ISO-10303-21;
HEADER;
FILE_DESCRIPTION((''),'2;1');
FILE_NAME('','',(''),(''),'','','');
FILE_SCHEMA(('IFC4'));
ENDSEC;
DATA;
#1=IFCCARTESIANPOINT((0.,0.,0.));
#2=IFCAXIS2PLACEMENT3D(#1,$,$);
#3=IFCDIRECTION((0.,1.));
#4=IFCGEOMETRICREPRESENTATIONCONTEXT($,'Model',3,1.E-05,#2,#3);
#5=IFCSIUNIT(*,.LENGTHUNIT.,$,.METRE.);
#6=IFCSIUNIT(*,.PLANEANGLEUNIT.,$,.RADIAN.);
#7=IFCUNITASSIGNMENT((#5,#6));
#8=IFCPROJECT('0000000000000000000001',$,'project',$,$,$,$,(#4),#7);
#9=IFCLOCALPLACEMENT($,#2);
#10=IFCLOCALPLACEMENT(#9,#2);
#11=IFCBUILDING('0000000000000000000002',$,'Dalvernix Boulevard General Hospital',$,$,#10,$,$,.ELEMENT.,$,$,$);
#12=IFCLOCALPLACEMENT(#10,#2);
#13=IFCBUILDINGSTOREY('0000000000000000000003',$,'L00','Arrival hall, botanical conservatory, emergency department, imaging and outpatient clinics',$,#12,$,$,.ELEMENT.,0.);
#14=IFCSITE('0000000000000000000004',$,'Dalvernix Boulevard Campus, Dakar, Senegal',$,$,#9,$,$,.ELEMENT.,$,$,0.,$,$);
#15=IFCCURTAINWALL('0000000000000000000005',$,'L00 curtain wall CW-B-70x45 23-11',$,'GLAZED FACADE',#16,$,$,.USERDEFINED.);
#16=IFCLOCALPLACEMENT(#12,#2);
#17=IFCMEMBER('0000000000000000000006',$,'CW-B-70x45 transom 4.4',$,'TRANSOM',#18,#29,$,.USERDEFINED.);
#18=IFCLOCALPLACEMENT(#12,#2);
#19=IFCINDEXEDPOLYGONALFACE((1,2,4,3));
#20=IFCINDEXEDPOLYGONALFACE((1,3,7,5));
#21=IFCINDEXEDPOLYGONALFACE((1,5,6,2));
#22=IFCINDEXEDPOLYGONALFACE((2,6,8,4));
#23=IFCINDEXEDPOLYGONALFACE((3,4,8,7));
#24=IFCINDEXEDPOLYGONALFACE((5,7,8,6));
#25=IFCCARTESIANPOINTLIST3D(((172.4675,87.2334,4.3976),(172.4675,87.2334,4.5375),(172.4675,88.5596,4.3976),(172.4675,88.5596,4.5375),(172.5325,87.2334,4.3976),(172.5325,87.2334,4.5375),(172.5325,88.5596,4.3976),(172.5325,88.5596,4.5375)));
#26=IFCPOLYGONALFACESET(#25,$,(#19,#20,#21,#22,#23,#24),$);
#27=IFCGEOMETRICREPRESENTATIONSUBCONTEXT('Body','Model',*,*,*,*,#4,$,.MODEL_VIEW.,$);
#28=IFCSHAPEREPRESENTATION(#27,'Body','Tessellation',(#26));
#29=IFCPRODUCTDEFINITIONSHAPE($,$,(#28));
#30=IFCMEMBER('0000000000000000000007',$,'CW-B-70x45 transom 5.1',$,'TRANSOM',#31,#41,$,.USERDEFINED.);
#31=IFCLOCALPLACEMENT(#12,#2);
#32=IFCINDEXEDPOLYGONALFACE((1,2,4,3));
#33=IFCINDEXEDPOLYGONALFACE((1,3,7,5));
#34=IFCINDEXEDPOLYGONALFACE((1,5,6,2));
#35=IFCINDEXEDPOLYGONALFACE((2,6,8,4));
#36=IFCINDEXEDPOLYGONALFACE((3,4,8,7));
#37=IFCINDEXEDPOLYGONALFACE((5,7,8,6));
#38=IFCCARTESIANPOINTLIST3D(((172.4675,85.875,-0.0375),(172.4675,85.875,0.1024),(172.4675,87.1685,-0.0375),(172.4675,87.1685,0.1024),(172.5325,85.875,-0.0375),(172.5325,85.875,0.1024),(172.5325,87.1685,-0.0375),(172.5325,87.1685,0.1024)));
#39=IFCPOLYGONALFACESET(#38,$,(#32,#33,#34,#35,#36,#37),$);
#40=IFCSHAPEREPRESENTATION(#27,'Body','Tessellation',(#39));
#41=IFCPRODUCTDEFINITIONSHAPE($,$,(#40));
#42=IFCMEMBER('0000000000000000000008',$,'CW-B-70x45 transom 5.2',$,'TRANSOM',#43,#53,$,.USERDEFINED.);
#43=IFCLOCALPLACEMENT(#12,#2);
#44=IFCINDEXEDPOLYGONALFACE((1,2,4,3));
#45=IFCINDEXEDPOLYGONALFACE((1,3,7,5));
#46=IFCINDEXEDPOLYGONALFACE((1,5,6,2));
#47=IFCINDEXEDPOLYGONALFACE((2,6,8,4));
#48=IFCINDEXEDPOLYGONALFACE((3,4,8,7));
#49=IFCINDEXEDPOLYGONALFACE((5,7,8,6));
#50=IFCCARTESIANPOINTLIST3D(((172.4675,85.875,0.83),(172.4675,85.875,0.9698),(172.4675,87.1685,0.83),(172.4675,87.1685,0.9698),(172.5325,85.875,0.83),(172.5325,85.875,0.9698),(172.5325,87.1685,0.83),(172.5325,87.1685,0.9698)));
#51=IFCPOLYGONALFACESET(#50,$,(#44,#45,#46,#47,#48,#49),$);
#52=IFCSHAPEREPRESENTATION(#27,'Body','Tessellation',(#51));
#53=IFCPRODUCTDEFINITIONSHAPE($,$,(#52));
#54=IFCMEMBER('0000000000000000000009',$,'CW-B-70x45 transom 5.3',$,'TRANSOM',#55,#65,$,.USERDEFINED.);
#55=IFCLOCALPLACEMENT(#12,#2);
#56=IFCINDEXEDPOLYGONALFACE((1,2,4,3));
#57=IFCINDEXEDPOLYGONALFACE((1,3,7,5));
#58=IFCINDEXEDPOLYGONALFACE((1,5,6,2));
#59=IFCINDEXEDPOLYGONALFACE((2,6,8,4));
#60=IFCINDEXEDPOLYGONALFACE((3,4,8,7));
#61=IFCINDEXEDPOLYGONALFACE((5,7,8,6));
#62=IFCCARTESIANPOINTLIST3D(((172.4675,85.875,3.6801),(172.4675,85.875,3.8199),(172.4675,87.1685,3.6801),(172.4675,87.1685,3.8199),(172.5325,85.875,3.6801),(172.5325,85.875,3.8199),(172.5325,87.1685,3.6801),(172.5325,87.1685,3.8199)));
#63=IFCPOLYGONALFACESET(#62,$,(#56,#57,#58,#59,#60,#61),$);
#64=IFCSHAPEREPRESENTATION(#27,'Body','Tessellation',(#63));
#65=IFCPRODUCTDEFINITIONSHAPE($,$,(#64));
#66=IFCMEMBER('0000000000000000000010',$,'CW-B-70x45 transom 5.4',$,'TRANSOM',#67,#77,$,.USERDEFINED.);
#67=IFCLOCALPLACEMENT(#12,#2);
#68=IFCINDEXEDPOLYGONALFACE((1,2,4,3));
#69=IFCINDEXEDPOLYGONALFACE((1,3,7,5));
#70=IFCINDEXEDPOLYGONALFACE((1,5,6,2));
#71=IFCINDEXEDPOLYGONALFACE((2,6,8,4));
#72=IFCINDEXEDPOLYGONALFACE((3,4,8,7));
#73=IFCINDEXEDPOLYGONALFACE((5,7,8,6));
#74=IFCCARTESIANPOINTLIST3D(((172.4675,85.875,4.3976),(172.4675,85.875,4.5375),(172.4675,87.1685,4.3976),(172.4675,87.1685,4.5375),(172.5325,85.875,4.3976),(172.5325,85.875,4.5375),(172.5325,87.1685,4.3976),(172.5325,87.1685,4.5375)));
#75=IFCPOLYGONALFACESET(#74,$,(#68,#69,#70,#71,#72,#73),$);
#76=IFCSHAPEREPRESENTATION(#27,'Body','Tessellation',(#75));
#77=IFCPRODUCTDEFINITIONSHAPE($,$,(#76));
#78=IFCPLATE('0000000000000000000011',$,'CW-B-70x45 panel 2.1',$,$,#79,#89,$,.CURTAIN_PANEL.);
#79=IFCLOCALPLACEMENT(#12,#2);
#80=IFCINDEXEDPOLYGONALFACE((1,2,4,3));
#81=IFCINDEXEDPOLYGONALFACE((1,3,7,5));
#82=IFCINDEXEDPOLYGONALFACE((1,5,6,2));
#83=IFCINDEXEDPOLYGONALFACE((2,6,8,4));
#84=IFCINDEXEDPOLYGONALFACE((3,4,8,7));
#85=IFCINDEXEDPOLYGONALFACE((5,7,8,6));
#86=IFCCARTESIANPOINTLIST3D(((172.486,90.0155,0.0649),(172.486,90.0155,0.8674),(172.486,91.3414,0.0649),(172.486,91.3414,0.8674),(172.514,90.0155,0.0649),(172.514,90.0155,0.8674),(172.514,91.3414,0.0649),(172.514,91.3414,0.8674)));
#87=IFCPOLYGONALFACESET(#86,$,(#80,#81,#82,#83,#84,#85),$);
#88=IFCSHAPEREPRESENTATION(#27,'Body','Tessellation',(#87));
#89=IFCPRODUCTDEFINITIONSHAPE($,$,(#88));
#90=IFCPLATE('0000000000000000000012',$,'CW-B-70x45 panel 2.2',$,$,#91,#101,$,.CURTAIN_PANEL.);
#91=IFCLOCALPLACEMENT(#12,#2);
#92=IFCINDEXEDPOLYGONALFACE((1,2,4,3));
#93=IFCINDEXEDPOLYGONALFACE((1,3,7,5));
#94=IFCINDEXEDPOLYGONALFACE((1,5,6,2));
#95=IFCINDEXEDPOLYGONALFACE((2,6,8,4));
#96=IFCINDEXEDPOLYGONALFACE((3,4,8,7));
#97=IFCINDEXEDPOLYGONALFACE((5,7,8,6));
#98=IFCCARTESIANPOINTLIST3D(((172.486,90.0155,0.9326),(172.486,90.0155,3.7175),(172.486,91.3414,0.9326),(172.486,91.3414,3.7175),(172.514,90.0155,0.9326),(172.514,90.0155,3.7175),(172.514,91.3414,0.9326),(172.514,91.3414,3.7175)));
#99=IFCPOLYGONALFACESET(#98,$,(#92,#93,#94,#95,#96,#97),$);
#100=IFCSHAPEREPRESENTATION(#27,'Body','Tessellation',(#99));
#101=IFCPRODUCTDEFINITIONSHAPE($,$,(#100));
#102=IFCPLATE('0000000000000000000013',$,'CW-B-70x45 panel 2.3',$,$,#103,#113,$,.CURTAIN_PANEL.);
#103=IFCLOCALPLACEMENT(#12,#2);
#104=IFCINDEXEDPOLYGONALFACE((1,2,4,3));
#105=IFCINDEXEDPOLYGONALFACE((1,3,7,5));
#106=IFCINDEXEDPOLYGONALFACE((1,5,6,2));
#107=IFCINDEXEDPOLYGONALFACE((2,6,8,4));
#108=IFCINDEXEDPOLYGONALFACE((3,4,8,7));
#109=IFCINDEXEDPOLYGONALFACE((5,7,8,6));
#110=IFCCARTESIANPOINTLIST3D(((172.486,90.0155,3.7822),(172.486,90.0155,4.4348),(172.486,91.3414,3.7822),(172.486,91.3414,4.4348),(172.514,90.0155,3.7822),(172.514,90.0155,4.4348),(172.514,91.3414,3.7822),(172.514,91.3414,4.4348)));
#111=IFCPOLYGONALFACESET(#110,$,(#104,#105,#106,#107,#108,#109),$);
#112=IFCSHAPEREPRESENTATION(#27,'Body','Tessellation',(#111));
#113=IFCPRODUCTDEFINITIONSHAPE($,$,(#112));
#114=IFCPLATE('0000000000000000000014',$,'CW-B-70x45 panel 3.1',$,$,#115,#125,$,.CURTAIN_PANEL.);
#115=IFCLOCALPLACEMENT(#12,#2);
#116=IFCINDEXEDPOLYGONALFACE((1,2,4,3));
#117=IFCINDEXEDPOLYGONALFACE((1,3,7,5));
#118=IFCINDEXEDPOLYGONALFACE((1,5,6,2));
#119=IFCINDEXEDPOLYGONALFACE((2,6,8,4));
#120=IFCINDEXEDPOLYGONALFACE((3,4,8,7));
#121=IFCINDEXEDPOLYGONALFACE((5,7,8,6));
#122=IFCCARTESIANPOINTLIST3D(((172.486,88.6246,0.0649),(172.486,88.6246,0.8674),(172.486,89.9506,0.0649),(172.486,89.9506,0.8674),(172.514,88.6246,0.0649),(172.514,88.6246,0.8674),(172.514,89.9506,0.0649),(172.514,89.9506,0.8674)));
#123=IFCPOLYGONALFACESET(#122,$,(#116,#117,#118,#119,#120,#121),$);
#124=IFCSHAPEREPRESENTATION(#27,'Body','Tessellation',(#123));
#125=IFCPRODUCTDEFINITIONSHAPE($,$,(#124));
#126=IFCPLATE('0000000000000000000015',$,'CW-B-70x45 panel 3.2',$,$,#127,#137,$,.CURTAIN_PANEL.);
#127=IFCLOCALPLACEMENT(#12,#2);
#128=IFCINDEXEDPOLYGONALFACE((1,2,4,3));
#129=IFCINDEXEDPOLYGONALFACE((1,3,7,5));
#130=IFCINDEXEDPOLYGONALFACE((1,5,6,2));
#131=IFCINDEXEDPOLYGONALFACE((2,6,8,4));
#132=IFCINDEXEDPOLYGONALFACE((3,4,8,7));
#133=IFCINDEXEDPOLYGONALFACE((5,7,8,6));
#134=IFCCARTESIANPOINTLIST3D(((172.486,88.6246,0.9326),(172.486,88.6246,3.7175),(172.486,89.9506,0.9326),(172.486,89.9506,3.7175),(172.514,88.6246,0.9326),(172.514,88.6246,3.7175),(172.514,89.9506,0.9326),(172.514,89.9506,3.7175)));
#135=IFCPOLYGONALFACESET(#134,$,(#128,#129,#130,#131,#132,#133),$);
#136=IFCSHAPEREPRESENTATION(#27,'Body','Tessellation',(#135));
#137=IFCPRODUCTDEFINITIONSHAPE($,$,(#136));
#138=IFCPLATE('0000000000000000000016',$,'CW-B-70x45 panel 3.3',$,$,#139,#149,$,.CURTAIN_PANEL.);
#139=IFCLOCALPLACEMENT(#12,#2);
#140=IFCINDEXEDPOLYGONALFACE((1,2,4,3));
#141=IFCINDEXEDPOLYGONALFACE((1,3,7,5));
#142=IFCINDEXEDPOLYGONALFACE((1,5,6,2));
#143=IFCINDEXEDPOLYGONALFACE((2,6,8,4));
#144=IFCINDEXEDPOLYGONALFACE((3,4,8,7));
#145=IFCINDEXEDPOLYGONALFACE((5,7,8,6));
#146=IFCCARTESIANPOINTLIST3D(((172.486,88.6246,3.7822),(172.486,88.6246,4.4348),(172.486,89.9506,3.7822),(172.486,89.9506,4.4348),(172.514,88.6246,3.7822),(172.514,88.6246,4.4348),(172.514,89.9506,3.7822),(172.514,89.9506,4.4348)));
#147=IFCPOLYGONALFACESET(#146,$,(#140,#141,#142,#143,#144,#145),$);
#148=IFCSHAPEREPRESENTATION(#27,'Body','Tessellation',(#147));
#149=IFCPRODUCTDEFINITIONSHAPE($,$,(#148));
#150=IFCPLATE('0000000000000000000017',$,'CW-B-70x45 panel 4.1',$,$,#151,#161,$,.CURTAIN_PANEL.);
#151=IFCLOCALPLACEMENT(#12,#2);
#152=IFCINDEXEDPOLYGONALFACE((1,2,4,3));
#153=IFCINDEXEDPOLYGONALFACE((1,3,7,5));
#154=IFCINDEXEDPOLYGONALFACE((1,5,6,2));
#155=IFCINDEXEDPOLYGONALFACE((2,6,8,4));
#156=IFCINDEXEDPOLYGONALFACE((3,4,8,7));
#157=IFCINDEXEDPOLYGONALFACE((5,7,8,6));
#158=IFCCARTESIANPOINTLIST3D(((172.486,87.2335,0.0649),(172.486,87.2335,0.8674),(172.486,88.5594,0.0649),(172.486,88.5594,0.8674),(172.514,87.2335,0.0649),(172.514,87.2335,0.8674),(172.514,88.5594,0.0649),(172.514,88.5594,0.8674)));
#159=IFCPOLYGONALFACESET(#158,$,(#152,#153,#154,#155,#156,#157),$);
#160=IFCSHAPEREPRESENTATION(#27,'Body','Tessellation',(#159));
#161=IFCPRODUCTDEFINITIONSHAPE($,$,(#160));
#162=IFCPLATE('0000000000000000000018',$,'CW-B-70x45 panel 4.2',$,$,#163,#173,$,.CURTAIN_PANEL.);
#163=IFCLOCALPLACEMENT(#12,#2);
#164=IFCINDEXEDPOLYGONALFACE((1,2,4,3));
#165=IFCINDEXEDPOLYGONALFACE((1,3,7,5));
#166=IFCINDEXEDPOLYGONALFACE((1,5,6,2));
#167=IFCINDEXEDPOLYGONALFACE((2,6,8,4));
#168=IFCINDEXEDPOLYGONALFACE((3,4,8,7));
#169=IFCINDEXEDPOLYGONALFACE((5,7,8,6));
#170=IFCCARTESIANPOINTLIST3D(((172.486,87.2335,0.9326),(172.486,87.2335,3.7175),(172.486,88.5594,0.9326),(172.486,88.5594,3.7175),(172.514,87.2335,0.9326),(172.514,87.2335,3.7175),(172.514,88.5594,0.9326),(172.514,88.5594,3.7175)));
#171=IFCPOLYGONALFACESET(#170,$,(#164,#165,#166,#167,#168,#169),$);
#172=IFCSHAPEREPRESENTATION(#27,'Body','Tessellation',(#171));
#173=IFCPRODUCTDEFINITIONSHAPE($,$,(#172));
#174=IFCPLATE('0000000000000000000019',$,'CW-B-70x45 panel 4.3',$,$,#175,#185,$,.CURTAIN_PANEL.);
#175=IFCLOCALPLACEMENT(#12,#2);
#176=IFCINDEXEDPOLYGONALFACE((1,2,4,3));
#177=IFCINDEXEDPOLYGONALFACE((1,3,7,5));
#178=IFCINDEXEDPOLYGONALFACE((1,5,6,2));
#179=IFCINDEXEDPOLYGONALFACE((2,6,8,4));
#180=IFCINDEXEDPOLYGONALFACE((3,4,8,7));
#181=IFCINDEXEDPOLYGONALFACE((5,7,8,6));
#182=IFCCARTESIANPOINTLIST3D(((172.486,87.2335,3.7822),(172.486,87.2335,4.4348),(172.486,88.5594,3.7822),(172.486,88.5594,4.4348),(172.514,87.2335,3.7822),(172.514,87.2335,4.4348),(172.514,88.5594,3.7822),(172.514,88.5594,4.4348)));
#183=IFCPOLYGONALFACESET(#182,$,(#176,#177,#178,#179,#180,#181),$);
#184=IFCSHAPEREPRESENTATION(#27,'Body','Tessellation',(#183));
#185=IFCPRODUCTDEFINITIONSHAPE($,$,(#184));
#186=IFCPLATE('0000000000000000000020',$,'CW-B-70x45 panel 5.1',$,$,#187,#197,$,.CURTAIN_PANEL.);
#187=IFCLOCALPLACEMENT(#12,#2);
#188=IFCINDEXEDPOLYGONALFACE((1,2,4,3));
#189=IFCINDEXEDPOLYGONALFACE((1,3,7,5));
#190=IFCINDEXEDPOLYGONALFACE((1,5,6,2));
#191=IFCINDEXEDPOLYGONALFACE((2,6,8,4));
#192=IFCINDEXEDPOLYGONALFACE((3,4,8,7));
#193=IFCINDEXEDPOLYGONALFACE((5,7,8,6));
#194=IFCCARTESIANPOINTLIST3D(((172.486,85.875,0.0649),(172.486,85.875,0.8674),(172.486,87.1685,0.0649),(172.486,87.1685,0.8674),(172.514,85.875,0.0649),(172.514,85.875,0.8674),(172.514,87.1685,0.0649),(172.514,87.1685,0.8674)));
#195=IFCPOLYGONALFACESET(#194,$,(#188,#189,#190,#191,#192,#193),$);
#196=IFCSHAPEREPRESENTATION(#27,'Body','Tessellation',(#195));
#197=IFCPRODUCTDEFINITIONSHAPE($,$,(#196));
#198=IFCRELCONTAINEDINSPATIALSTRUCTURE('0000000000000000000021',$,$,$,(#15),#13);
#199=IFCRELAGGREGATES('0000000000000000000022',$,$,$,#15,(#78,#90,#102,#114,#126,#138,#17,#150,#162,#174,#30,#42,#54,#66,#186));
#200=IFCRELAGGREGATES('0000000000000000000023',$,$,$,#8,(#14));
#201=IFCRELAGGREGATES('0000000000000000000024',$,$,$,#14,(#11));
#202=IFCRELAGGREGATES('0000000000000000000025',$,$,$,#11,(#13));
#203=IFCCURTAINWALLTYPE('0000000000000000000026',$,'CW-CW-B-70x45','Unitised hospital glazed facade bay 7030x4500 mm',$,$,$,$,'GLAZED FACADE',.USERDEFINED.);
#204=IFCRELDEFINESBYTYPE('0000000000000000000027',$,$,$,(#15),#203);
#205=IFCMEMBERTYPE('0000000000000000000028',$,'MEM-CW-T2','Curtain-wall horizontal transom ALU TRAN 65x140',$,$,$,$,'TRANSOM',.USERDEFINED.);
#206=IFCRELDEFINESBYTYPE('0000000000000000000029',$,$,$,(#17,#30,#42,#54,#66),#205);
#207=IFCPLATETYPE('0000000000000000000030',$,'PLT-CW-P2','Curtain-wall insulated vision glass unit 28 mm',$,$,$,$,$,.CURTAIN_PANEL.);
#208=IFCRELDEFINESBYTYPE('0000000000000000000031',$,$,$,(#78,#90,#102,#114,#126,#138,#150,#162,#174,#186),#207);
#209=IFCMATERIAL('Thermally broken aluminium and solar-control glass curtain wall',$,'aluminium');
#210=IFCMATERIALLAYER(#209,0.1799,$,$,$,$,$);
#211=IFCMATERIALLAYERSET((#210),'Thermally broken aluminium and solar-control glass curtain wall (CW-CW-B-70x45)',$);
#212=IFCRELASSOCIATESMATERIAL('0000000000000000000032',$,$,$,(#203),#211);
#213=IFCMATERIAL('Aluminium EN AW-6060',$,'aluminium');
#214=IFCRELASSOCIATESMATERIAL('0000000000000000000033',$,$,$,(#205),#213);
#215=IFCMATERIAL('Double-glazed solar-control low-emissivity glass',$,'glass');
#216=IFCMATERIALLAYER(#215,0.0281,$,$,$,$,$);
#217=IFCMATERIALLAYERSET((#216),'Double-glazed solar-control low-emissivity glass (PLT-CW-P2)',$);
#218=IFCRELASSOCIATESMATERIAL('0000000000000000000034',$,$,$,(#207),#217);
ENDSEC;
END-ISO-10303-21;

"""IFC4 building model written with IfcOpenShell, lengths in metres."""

from ifc_helpers import new_model, si_unit, direction, frame, origin, origin_2d, place, context, subcontext, project, spatial, rectangle, extrude, material, layer, layer_set, material_profile, profile_set, type_object, element, aggregate, save


model = new_model("IFC4")

# Units and contexts
model_context = context("Model", 3, precision=1e-05, world=origin(), true_north=direction((0.0, 1.0)))
body_context = subcontext(model_context, "Body", "Model", "MODEL_VIEW")
ifc_project = project(units=[si_unit("LENGTHUNIT", "METRE"), si_unit("PLANEANGLEUNIT", "RADIAN")], contexts=[model_context])

# Site, building, storey
site_placement = place(None, origin())
site = spatial("IfcSite", under=ifc_project, at=site_placement, Name="Dalvernix Boulevard Campus, Dakar, Senegal", CompositionType="ELEMENT", RefElevation=0.0)
building_placement = place(site_placement, origin())
building = spatial("IfcBuilding", under=site, at=building_placement, Name="Dalvernix Boulevard General Hospital", CompositionType="ELEMENT")
storey_placement = place(building_placement, origin())
storey = spatial("IfcBuildingStorey", under=building, at=storey_placement, Name="L00", Description="Arrival hall, botanical conservatory, emergency department, imaging and outpatient clinics", CompositionType="ELEMENT", Elevation=0.0)

# Curtain wall, members, plates
ifc_material_1 = material(Name="Thermally broken aluminium and solar-control glass curtain wall", Category="aluminium")
ifc_layer_1 = layer(ifc_material_1, 0.1799)
ifc_layer_set_1 = layer_set([ifc_layer_1], Name="Thermally broken aluminium and solar-control glass curtain wall (CW-CW-B-70x45)")
curtain_wall_type = type_object("IfcCurtainWallType", Name="CW-CW-B-70x45", Description="Unitised hospital glazed facade bay 7030x4500 mm", ElementType="GLAZED FACADE", PredefinedType="USERDEFINED", material=ifc_layer_set_1)
curtain_wall_placement = place(storey_placement, origin())
curtain_wall = element("IfcCurtainWall", 1, at=curtain_wall_placement, inside=storey, type_object=curtain_wall_type, Name="L00 curtain wall CW-B-70x45 23-11", ObjectType="GLAZED FACADE", PredefinedType="USERDEFINED")
ifc_material_2 = material(Name="Aluminium EN AW-6060", Category="aluminium")
ifc_material_profile_1 = material_profile(ifc_material_2, rectangle(XDim=0.0649, YDim=0.1399, at=origin_2d()), Name="ALU TRAN 65x140")
ifc_profile_set_1 = profile_set([ifc_material_profile_1], Name="Aluminium EN AW-6060")
member_type_1 = type_object("IfcMemberType", Name="MEM-CW-T2", Description="Curtain-wall horizontal transom ALU TRAN 65x140", ElementType="TRANSOM", PredefinedType="USERDEFINED", material=ifc_profile_set_1)
member_1_placement = place(storey_placement, frame((172.5, 88.5596, 4.4675), z_axis=(0.0, -1.0, 0.0), x_axis=(1.0, 0.0, 0.0)))
member_1 = element("IfcMember", 2, at=member_1_placement, type_object=member_type_1, Name="CW-B-70x45 transom 4.4", ObjectType="TRANSOM", PredefinedType="USERDEFINED", context=body_context, shape_type="SweptSolid", body=[
    extrude(rectangle(XDim=0.0649, YDim=0.1399, at=origin_2d()), origin(), (0.0, 0.0, 1.0), 1.3262),
])
member_2_placement = place(storey_placement, frame((172.5, 87.1685, 0.0325), z_axis=(0.0, -1.0, 0.0), x_axis=(1.0, 0.0, 0.0)))
member_2 = element("IfcMember", 3, at=member_2_placement, type_object=member_type_1, Name="CW-B-70x45 transom 5.1", ObjectType="TRANSOM", PredefinedType="USERDEFINED", context=body_context, shape_type="SweptSolid", body=[
    extrude(rectangle(XDim=0.0649, YDim=0.1399, at=origin_2d()), origin(), (0.0, 0.0, 1.0), 1.2935),
])
member_3_placement = place(storey_placement, frame((172.5, 87.1685, 0.8999), z_axis=(0.0, -1.0, 0.0), x_axis=(1.0, 0.0, 0.0)))
member_3 = element("IfcMember", 4, at=member_3_placement, type_object=member_type_1, Name="CW-B-70x45 transom 5.2", ObjectType="TRANSOM", PredefinedType="USERDEFINED", context=body_context, shape_type="SweptSolid", body=[
    extrude(rectangle(XDim=0.0649, YDim=0.1399, at=origin_2d()), origin(), (0.0, 0.0, 1.0), 1.2935),
])
member_4_placement = place(storey_placement, frame((172.5, 87.1685, 3.75), z_axis=(0.0, -1.0, 0.0), x_axis=(1.0, 0.0, 0.0)))
member_4 = element("IfcMember", 5, at=member_4_placement, type_object=member_type_1, Name="CW-B-70x45 transom 5.3", ObjectType="TRANSOM", PredefinedType="USERDEFINED", context=body_context, shape_type="SweptSolid", body=[
    extrude(rectangle(XDim=0.0649, YDim=0.1399, at=origin_2d()), origin(), (0.0, 0.0, 1.0), 1.2935),
])
member_5_placement = place(storey_placement, frame((172.5, 87.1685, 4.4675), z_axis=(0.0, -1.0, 0.0), x_axis=(1.0, 0.0, 0.0)))
member_5 = element("IfcMember", 6, at=member_5_placement, type_object=member_type_1, Name="CW-B-70x45 transom 5.4", ObjectType="TRANSOM", PredefinedType="USERDEFINED", context=body_context, shape_type="SweptSolid", body=[
    extrude(rectangle(XDim=0.0649, YDim=0.1399, at=origin_2d()), origin(), (0.0, 0.0, 1.0), 1.2935),
])
ifc_material_3 = material(Name="Double-glazed solar-control low-emissivity glass", Category="glass")
ifc_layer_2 = layer(ifc_material_3, 0.0281)
ifc_layer_set_2 = layer_set([ifc_layer_2], Name="Double-glazed solar-control low-emissivity glass (PLT-CW-P2)")
plate_type = type_object("IfcPlateType", Name="PLT-CW-P2", Description="Curtain-wall insulated vision glass unit 28 mm", PredefinedType="CURTAIN_PANEL", material=ifc_layer_set_2)
plate_1_placement = place(storey_placement, frame((172.5, 90.6785, 0.0649), z_axis=(0.0, 0.0, 1.0), x_axis=(0.0, -1.0, 0.0)))
plate_1 = element("IfcPlate", 7, at=plate_1_placement, type_object=plate_type, Name="CW-B-70x45 panel 2.1", PredefinedType="CURTAIN_PANEL", context=body_context, shape_type="SweptSolid", body=[
    extrude(rectangle(XDim=1.3259, YDim=0.0281, at=origin_2d()), origin(), (0.0, 0.0, 1.0), 0.8025),
])
plate_2_placement = place(storey_placement, frame((172.5, 90.6785, 0.9326), z_axis=(0.0, 0.0, 1.0), x_axis=(0.0, -1.0, 0.0)))
plate_2 = element("IfcPlate", 8, at=plate_2_placement, type_object=plate_type, Name="CW-B-70x45 panel 2.2", PredefinedType="CURTAIN_PANEL", context=body_context, shape_type="SweptSolid", body=[
    extrude(rectangle(XDim=1.3259, YDim=0.0281, at=origin_2d()), origin(), (0.0, 0.0, 1.0), 2.7849),
])
plate_3_placement = place(storey_placement, frame((172.5, 90.6785, 3.7822), z_axis=(0.0, 0.0, 1.0), x_axis=(0.0, -1.0, 0.0)))
plate_3 = element("IfcPlate", 9, at=plate_3_placement, type_object=plate_type, Name="CW-B-70x45 panel 2.3", PredefinedType="CURTAIN_PANEL", context=body_context, shape_type="SweptSolid", body=[
    extrude(rectangle(XDim=1.3259, YDim=0.0281, at=origin_2d()), origin(), (0.0, 0.0, 1.0), 0.6526),
])
plate_4_placement = place(storey_placement, frame((172.5, 89.2876, 0.0649), z_axis=(0.0, 0.0, 1.0), x_axis=(0.0, -1.0, 0.0)))
plate_4 = element("IfcPlate", 10, at=plate_4_placement, type_object=plate_type, Name="CW-B-70x45 panel 3.1", PredefinedType="CURTAIN_PANEL", context=body_context, shape_type="SweptSolid", body=[
    extrude(rectangle(XDim=1.3259, YDim=0.0281, at=origin_2d()), origin(), (0.0, 0.0, 1.0), 0.8025),
])
plate_5_placement = place(storey_placement, frame((172.5, 89.2876, 0.9326), z_axis=(0.0, 0.0, 1.0), x_axis=(0.0, -1.0, 0.0)))
plate_5 = element("IfcPlate", 11, at=plate_5_placement, type_object=plate_type, Name="CW-B-70x45 panel 3.2", PredefinedType="CURTAIN_PANEL", context=body_context, shape_type="SweptSolid", body=[
    extrude(rectangle(XDim=1.3259, YDim=0.0281, at=origin_2d()), origin(), (0.0, 0.0, 1.0), 2.7849),
])
plate_6_placement = place(storey_placement, frame((172.5, 89.2876, 3.7822), z_axis=(0.0, 0.0, 1.0), x_axis=(0.0, -1.0, 0.0)))
plate_6 = element("IfcPlate", 12, at=plate_6_placement, type_object=plate_type, Name="CW-B-70x45 panel 3.3", PredefinedType="CURTAIN_PANEL", context=body_context, shape_type="SweptSolid", body=[
    extrude(rectangle(XDim=1.3259, YDim=0.0281, at=origin_2d()), origin(), (0.0, 0.0, 1.0), 0.6526),
])
plate_7_placement = place(storey_placement, frame((172.5, 87.8965, 0.0649), z_axis=(0.0, 0.0, 1.0), x_axis=(0.0, -1.0, 0.0)))
plate_7 = element("IfcPlate", 13, at=plate_7_placement, type_object=plate_type, Name="CW-B-70x45 panel 4.1", PredefinedType="CURTAIN_PANEL", context=body_context, shape_type="SweptSolid", body=[
    extrude(rectangle(XDim=1.3259, YDim=0.0281, at=origin_2d()), origin(), (0.0, 0.0, 1.0), 0.8025),
])
plate_8_placement = place(storey_placement, frame((172.5, 87.8965, 0.9326), z_axis=(0.0, 0.0, 1.0), x_axis=(0.0, -1.0, 0.0)))
plate_8 = element("IfcPlate", 14, at=plate_8_placement, type_object=plate_type, Name="CW-B-70x45 panel 4.2", PredefinedType="CURTAIN_PANEL", context=body_context, shape_type="SweptSolid", body=[
    extrude(rectangle(XDim=1.3259, YDim=0.0281, at=origin_2d()), origin(), (0.0, 0.0, 1.0), 2.7849),
])
plate_9_placement = place(storey_placement, frame((172.5, 87.8965, 3.7822), z_axis=(0.0, 0.0, 1.0), x_axis=(0.0, -1.0, 0.0)))
plate_9 = element("IfcPlate", 15, at=plate_9_placement, type_object=plate_type, Name="CW-B-70x45 panel 4.3", PredefinedType="CURTAIN_PANEL", context=body_context, shape_type="SweptSolid", body=[
    extrude(rectangle(XDim=1.3259, YDim=0.0281, at=origin_2d()), origin(), (0.0, 0.0, 1.0), 0.6526),
])
plate_10_placement = place(storey_placement, frame((172.5, 86.5217, 0.0649), z_axis=(0.0, 0.0, 1.0), x_axis=(0.0, -1.0, 0.0)))
plate_10 = element("IfcPlate", 16, at=plate_10_placement, type_object=plate_type, Name="CW-B-70x45 panel 5.1", PredefinedType="CURTAIN_PANEL", context=body_context, shape_type="SweptSolid", body=[
    extrude(rectangle(XDim=1.2935, YDim=0.0281, at=origin_2d()), origin(), (0.0, 0.0, 1.0), 0.8025),
])
aggregate(curtain_wall, [plate_1, plate_2, plate_3, plate_4, plate_5, plate_6, member_1, plate_7, plate_8, plate_9, member_2, member_3, member_4, member_5, plate_10])

save(model, "model.ifc")
